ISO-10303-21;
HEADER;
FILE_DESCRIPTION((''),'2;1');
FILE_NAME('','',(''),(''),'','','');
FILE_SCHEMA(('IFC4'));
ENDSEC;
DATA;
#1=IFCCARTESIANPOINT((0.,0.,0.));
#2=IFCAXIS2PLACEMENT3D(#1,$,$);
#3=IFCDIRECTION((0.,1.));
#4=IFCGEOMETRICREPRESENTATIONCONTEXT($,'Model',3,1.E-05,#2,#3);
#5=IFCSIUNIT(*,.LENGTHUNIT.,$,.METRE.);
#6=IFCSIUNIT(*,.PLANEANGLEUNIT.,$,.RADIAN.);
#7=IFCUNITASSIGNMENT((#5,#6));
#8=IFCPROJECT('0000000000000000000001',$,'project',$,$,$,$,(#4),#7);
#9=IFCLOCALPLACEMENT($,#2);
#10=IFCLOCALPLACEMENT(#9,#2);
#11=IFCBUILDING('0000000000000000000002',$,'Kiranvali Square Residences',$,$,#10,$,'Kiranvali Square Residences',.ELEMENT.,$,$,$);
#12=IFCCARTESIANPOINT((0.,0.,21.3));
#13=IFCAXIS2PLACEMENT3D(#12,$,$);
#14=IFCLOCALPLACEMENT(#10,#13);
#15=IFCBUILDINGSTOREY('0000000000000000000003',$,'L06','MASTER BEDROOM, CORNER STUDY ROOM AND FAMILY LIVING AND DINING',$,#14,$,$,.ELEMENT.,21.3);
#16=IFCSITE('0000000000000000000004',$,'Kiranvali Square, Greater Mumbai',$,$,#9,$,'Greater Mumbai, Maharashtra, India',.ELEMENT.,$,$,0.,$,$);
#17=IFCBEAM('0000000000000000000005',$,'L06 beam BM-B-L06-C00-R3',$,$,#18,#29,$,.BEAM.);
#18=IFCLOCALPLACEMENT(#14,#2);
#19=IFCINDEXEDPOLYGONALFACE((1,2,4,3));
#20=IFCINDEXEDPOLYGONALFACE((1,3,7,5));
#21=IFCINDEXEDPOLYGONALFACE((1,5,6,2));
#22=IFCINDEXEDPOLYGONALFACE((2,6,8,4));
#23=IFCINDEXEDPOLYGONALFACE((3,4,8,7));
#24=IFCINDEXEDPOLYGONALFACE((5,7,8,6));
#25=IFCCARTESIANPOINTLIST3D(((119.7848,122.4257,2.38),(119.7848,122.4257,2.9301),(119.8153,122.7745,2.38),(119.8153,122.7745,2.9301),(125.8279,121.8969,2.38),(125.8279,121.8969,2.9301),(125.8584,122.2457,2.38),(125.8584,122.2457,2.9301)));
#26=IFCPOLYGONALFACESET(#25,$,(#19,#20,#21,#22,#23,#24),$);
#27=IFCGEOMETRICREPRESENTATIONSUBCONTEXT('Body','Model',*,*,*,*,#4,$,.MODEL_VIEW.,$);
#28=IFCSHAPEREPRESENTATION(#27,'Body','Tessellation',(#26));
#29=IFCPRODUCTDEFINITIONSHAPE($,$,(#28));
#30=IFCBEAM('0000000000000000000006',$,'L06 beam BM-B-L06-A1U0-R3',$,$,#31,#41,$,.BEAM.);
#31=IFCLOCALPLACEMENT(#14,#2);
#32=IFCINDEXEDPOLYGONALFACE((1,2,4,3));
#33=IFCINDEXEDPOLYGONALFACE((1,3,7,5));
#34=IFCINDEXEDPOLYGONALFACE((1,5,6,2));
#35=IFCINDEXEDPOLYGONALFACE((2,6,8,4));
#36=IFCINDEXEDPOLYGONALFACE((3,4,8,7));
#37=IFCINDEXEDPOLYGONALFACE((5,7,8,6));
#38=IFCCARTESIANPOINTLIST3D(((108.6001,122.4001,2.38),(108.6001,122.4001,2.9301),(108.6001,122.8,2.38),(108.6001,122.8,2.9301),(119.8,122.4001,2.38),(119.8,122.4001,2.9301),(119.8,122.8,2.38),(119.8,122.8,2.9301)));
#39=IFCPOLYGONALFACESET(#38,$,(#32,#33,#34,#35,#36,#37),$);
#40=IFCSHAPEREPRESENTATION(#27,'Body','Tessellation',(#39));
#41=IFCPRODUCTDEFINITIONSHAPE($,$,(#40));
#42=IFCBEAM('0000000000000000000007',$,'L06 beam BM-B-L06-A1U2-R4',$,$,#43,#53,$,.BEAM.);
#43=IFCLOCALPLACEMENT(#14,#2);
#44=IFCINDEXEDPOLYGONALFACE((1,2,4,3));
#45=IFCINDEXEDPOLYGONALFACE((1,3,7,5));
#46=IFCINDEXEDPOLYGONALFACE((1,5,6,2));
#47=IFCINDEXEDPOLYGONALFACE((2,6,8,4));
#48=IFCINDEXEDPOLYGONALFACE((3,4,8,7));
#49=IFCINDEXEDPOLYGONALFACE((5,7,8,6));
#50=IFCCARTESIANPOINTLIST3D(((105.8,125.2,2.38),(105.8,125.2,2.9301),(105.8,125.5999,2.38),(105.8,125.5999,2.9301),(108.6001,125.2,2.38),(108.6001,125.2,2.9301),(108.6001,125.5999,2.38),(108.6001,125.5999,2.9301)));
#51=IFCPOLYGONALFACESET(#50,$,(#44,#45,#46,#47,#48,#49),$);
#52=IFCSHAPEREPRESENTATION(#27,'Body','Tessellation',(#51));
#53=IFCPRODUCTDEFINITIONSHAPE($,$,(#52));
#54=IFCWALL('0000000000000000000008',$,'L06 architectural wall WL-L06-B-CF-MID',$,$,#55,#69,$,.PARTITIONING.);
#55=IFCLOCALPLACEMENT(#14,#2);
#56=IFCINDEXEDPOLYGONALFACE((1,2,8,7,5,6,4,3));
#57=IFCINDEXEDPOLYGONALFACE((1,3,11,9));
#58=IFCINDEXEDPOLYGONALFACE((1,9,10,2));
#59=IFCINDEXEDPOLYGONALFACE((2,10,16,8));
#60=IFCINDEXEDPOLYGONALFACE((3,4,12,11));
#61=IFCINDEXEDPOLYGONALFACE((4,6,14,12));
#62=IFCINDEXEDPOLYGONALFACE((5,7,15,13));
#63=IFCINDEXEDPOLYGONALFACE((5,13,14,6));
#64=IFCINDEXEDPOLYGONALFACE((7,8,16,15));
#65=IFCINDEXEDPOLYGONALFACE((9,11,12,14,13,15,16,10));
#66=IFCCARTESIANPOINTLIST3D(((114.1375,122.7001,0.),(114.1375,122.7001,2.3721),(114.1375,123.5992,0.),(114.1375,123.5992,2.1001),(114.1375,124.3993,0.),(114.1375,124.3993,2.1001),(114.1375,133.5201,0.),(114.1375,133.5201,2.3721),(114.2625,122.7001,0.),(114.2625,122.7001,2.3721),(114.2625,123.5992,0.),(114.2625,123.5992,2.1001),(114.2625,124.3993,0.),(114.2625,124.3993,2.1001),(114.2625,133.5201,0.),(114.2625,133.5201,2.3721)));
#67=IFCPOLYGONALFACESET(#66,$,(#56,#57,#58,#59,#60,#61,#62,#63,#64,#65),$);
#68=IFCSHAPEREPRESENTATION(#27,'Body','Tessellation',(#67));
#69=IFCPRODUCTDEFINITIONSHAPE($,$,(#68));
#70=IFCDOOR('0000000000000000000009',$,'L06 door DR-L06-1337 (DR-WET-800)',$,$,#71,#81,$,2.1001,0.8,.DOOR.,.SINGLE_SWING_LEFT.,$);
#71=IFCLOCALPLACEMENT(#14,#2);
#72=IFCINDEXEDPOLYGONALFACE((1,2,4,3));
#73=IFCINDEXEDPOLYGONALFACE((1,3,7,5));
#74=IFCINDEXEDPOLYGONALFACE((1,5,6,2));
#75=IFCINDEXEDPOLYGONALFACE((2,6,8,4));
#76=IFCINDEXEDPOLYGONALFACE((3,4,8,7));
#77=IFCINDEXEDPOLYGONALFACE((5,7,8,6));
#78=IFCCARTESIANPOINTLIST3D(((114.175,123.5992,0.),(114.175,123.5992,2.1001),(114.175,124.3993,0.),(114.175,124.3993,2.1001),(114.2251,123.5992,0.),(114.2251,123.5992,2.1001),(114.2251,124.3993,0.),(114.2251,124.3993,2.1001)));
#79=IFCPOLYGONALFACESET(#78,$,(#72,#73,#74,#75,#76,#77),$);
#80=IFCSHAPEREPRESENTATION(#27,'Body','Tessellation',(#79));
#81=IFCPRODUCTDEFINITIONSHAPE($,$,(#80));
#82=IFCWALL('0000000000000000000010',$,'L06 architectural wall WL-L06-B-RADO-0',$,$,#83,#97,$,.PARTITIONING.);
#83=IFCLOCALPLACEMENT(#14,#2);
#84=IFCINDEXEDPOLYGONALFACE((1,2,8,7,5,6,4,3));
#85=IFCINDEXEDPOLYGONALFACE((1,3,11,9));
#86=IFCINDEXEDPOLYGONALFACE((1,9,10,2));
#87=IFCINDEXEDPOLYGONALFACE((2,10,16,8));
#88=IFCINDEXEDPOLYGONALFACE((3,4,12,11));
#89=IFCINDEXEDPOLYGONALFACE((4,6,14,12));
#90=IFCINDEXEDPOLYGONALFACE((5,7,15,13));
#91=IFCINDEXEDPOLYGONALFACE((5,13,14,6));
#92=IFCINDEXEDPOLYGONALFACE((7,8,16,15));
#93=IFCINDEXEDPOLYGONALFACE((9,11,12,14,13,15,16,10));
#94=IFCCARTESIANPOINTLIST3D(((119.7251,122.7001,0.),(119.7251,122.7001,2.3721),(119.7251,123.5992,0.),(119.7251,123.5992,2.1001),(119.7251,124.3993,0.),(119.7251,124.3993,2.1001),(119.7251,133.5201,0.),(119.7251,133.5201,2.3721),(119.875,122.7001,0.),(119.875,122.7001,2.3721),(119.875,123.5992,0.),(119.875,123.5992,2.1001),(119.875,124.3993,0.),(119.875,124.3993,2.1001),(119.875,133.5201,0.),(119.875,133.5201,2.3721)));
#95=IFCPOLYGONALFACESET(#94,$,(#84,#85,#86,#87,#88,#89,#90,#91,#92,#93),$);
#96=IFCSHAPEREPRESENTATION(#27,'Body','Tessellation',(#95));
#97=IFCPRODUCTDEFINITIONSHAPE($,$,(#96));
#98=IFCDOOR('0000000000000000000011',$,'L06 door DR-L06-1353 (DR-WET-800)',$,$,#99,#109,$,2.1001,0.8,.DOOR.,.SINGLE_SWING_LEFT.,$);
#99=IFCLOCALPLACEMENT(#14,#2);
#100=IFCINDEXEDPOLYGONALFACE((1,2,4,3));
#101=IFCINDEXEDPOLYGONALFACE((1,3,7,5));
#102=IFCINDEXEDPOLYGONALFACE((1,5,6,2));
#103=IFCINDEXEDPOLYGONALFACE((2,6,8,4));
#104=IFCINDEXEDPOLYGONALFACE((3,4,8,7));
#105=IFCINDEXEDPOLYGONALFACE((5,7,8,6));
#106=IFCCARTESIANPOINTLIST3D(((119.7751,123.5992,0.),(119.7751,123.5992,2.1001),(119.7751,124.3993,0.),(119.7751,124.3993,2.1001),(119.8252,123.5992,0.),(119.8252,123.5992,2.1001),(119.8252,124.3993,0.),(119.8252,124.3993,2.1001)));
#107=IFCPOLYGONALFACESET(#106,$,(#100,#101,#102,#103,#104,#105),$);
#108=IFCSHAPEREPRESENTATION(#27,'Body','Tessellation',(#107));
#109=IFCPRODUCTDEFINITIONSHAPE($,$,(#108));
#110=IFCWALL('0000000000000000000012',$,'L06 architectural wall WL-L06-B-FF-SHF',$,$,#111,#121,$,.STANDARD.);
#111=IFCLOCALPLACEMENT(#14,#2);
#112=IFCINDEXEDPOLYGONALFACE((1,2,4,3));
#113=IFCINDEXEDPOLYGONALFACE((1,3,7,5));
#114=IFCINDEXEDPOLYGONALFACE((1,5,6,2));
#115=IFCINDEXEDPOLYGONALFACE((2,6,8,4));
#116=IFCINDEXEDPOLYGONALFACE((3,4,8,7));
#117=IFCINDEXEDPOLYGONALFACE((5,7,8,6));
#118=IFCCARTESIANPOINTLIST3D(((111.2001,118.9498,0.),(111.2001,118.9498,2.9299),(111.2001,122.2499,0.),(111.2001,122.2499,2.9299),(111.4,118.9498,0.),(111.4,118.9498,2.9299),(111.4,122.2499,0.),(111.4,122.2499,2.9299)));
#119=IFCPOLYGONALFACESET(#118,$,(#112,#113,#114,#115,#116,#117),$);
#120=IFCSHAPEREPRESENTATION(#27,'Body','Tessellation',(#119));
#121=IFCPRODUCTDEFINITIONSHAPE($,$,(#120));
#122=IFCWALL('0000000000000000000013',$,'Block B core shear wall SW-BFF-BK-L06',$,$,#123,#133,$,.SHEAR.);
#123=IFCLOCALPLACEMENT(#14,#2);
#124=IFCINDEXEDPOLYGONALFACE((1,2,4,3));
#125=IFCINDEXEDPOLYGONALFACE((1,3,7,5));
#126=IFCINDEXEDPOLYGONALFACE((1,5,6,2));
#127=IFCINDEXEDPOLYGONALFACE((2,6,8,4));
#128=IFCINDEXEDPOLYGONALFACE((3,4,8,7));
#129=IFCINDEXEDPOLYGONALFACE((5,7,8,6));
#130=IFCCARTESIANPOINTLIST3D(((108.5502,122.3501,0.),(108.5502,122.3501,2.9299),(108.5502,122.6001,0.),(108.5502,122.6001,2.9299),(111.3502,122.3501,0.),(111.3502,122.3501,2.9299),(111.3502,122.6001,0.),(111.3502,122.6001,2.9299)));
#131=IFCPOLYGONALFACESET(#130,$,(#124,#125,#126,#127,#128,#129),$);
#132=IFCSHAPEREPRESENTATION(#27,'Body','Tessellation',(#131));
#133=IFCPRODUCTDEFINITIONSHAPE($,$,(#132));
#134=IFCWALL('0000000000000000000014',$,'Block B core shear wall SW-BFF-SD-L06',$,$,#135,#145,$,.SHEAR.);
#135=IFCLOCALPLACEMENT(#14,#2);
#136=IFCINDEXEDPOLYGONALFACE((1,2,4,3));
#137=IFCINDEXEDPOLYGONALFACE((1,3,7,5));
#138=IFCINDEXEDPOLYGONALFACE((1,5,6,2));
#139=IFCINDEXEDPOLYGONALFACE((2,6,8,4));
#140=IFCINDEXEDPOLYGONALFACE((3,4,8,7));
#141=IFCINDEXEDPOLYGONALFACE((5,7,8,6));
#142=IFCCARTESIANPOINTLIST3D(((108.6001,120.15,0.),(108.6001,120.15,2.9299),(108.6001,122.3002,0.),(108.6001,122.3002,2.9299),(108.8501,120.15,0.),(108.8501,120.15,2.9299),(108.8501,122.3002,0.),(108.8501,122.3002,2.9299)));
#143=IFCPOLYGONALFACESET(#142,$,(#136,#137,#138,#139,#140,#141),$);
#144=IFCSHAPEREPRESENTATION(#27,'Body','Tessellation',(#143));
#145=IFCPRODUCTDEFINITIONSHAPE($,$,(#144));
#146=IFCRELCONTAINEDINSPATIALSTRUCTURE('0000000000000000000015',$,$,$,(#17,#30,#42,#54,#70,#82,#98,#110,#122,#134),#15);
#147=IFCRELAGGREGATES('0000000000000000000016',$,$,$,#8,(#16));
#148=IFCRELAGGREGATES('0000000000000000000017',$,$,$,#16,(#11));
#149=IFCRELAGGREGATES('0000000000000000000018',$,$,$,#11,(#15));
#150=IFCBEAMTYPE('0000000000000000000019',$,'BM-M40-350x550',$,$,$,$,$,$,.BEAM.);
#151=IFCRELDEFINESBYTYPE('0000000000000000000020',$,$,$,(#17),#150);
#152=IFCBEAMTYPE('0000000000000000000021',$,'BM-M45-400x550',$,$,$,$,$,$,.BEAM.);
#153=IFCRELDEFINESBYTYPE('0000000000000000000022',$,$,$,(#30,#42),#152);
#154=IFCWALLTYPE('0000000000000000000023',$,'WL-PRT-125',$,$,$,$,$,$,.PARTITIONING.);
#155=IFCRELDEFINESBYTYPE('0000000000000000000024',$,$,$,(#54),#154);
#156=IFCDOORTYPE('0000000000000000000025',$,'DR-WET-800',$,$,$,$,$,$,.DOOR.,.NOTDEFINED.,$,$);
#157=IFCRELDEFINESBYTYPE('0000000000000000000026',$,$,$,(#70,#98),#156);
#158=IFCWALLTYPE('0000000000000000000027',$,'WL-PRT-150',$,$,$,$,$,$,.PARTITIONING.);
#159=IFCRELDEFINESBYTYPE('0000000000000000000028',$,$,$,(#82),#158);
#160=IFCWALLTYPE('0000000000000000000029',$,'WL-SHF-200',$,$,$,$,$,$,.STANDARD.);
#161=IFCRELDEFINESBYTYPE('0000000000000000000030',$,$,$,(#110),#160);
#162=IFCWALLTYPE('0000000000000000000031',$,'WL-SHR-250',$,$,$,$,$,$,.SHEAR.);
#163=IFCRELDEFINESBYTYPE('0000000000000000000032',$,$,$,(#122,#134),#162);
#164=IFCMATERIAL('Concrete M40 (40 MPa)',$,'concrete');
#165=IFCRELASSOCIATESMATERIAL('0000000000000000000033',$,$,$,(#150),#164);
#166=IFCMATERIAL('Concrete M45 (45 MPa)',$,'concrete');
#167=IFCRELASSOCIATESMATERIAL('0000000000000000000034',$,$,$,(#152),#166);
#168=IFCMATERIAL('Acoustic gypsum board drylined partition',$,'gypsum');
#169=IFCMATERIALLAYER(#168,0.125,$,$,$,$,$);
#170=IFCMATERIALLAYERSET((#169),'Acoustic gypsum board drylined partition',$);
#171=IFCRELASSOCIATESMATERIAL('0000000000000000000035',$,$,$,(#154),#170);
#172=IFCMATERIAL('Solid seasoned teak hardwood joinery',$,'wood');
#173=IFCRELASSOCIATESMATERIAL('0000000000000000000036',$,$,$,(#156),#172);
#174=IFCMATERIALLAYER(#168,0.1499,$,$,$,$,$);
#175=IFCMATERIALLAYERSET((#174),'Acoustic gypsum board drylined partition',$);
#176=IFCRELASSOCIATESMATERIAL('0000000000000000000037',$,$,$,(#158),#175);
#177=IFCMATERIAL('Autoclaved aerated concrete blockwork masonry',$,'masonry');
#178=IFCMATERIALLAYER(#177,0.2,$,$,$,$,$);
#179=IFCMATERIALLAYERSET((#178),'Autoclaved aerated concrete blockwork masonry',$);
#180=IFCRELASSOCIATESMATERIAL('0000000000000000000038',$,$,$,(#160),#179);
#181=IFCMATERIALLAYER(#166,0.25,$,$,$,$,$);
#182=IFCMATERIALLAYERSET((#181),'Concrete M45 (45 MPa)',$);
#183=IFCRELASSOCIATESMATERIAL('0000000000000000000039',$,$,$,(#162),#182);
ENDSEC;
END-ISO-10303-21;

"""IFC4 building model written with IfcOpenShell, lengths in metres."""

from ifc_helpers import new_model, si_unit, direction, frame, frame_2d, origin, origin_2d, place, context, subcontext, project, spatial, rectangle, extrude, material, layer, layer_set, material_profile, profile_set, type_object, element, fill, save


model = new_model("IFC4")

# Units and contexts
model_context = context("Model", 3, precision=1e-05, world=origin(), true_north=direction((0.0, 1.0)))
body_context = subcontext(model_context, "Body", "Model", "MODEL_VIEW")
ifc_project = project(units=[si_unit("LENGTHUNIT", "METRE"), si_unit("PLANEANGLEUNIT", "RADIAN")], contexts=[model_context])

# Site, building, storey
site_placement = place(None, origin())
site = spatial("IfcSite", under=ifc_project, at=site_placement, Name="Kiranvali Square, Greater Mumbai", LongName="Greater Mumbai, Maharashtra, India", CompositionType="ELEMENT", RefElevation=0.0)
building_placement = place(site_placement, origin())
building = spatial("IfcBuilding", under=site, at=building_placement, Name="Kiranvali Square Residences", LongName="Kiranvali Square Residences", CompositionType="ELEMENT")
storey_placement = place(building_placement, frame((0.0, 0.0, 21.3)))
storey = spatial("IfcBuildingStorey", under=building, at=storey_placement, Name="L06", Description="MASTER BEDROOM, CORNER STUDY ROOM AND FAMILY LIVING AND DINING", CompositionType="ELEMENT", Elevation=21.3)

# Beams
ifc_material_1 = material(Name="Concrete M40 (40 MPa)", Category="concrete")
ifc_material_profile_1 = material_profile(ifc_material_1, rectangle(XDim=0.3501, YDim=0.55, at=origin_2d()), Name="RC 350x550")
ifc_profile_set_1 = profile_set([ifc_material_profile_1], Name="Concrete M40 (40 MPa)")
beam_type_1 = type_object("IfcBeamType", Name="BM-M40-350x550", PredefinedType="BEAM", material=ifc_profile_set_1)
beam_1_placement = place(storey_placement, frame((119.8, 122.6001, 2.655), z_axis=(0.996193, -0.087175, 0.0), x_axis=(0.087175, 0.996193, 0.0)))
element("IfcBeam", 1, at=beam_1_placement, inside=storey, type_object=beam_type_1, Name="L06 beam BM-B-L06-C00-R3", PredefinedType="BEAM", context=body_context, shape_type="SweptSolid", body=[
    extrude(rectangle(XDim=0.3501, YDim=0.55, at=origin_2d()), origin(), (0.0, 0.0, 1.0), 6.0662),
])
ifc_material_2 = material(Name="Concrete M45 (45 MPa)", Category="concrete")
ifc_material_profile_2 = material_profile(ifc_material_2, rectangle(XDim=0.3999, YDim=0.55, at=origin_2d()), Name="RC 400x550")
ifc_profile_set_2 = profile_set([ifc_material_profile_2], Name="Concrete M45 (45 MPa)")
beam_type_2 = type_object("IfcBeamType", Name="BM-M45-400x550", PredefinedType="BEAM", material=ifc_profile_set_2)
beam_2_placement = place(storey_placement, frame((119.8, 122.6001, 2.655), z_axis=(-1.0, 0.0, 0.0), x_axis=(0.0, -1.0, 0.0)))
element("IfcBeam", 2, at=beam_2_placement, inside=storey, type_object=beam_type_2, Name="L06 beam BM-B-L06-A1U0-R3", PredefinedType="BEAM", context=body_context, shape_type="SweptSolid", body=[
    extrude(rectangle(XDim=0.3999, YDim=0.55, at=origin_2d()), origin(), (0.0, 0.0, 1.0), 11.2),
])
beam_3_placement = place(storey_placement, frame((108.6001, 125.3999, 2.655), z_axis=(-1.0, 0.0, 0.0), x_axis=(0.0, -1.0, 0.0)))
element("IfcBeam", 3, at=beam_3_placement, inside=storey, type_object=beam_type_2, Name="L06 beam BM-B-L06-A1U2-R4", PredefinedType="BEAM", context=body_context, shape_type="SweptSolid", body=[
    extrude(rectangle(XDim=0.3999, YDim=0.55, at=origin_2d()), origin(), (0.0, 0.0, 1.0), 2.8),
])

# Walls, openings, doors
ifc_material_3 = material(Name="Autoclaved aerated concrete blockwork masonry", Category="masonry")
ifc_material_4 = material(Name="Acoustic gypsum board drylined partition", Category="gypsum")
ifc_layer_1 = layer(ifc_material_4, 0.125)
ifc_layer_set_1 = layer_set([ifc_layer_1], Name="Acoustic gypsum board drylined partition")
wall_type_1 = type_object("IfcWallType", Name="WL-PRT-125", PredefinedType="PARTITIONING", material=ifc_layer_set_1)
wall_1_placement = place(storey_placement, frame((114.2, 122.7, 0.0), z_axis=(0.0, 0.0, 1.0), x_axis=(0.0, 1.0, 0.0)))
wall_1 = element("IfcWall", 4, at=wall_1_placement, inside=storey, type_object=wall_type_1, Name="L06 architectural wall WL-L06-B-CF-MID", PredefinedType="PARTITIONING", context=body_context, shape_type="SweptSolid", body=[
    extrude(rectangle(XDim=10.8201, YDim=0.125, at=frame_2d((5.4102, 0.0))), origin(), (0.0, 0.0, 1.0), 2.3721),
])
opening_1_placement = place(wall_1_placement, frame((0.8994, 0.0, 0.0)))
opening_1 = element("IfcOpeningElement", 5, at=opening_1_placement, cuts=wall_1, PredefinedType="OPENING", context=body_context, shape_type="SweptSolid", body=[
    extrude(rectangle(XDim=0.8, YDim=2.1001, at=frame_2d((0.3999, 1.05))), frame((0.0, 0.0725, 0.0), z_axis=(0.0, -1.0, 0.0), x_axis=(1.0, 0.0, 0.0)), (0.0, 0.0, 1.0), 0.145),
])
ifc_material_5 = material(Name="Solid seasoned teak hardwood joinery", Category="wood")
door_type_1 = type_object("IfcDoorType", Name="DR-WET-800", OperationType="NOTDEFINED", PredefinedType="DOOR", material=ifc_material_5)
door_1_placement = place(opening_1_placement, origin())
door_1 = element("IfcDoor", 6, at=door_1_placement, inside=storey, type_object=door_type_1, Name="L06 door DR-L06-1337 (DR-WET-800)", OperationType="SINGLE_SWING_LEFT", OverallHeight=2.1001, OverallWidth=0.8, PredefinedType="DOOR", context=body_context, shape_type="SweptSolid", body=[
    extrude(rectangle(XDim=0.8, YDim=2.1001, at=frame_2d((0.3999, 1.05))), frame((0.0, 0.0249, 0.0), z_axis=(0.0, -1.0, 0.0), x_axis=(1.0, 0.0, 0.0)), (0.0, 0.0, 1.0), 0.05),
])
fill(opening_1, door_1)
ifc_layer_2 = layer(ifc_material_4, 0.1499)
ifc_layer_set_2 = layer_set([ifc_layer_2], Name="Acoustic gypsum board drylined partition")
wall_type_2 = type_object("IfcWallType", Name="WL-PRT-150", PredefinedType="PARTITIONING", material=ifc_layer_set_2)
wall_2_placement = place(storey_placement, frame((119.8, 122.7, 0.0), z_axis=(0.0, 0.0, 1.0), x_axis=(0.0, 1.0, 0.0)))
wall_2 = element("IfcWall", 7, at=wall_2_placement, inside=storey, type_object=wall_type_2, Name="L06 architectural wall WL-L06-B-RADO-0", PredefinedType="PARTITIONING", context=body_context, shape_type="SweptSolid", body=[
    extrude(rectangle(XDim=10.8201, YDim=0.1499, at=frame_2d((5.4102, 0.0))), origin(), (0.0, 0.0, 1.0), 2.3721),
])
opening_2_placement = place(wall_2_placement, frame((0.8994, 0.0, 0.0)))
opening_2 = element("IfcOpeningElement", 8, at=opening_2_placement, cuts=wall_2, PredefinedType="OPENING", context=body_context, shape_type="SweptSolid", body=[
    extrude(rectangle(XDim=0.8, YDim=2.1001, at=frame_2d((0.3999, 1.05))), frame((0.0, 0.085, 0.0), z_axis=(0.0, -1.0, 0.0), x_axis=(1.0, 0.0, 0.0)), (0.0, 0.0, 1.0), 0.1699),
])
door_2_placement = place(opening_2_placement, origin())
door_2 = element("IfcDoor", 9, at=door_2_placement, inside=storey, type_object=door_type_1, Name="L06 door DR-L06-1353 (DR-WET-800)", OperationType="SINGLE_SWING_LEFT", OverallHeight=2.1001, OverallWidth=0.8, PredefinedType="DOOR", context=body_context, shape_type="SweptSolid", body=[
    extrude(rectangle(XDim=0.8, YDim=2.1001, at=frame_2d((0.3999, 1.05))), frame((0.0, 0.0249, 0.0), z_axis=(0.0, -1.0, 0.0), x_axis=(1.0, 0.0, 0.0)), (0.0, 0.0, 1.0), 0.05),
])
fill(opening_2, door_2)

# Walls
ifc_layer_3 = layer(ifc_material_3, 0.2)
ifc_layer_set_3 = layer_set([ifc_layer_3], Name="Autoclaved aerated concrete blockwork masonry")
wall_type_3 = type_object("IfcWallType", Name="WL-SHF-200", PredefinedType="STANDARD", material=ifc_layer_set_3)
wall_3_placement = place(storey_placement, frame((111.3, 118.95, 0.0), z_axis=(0.0, 0.0, 1.0), x_axis=(0.0, 1.0, 0.0)))
element("IfcWall", 10, at=wall_3_placement, inside=storey, type_object=wall_type_3, Name="L06 architectural wall WL-L06-B-FF-SHF", PredefinedType="STANDARD", context=body_context, shape_type="SweptSolid", body=[
    extrude(rectangle(XDim=3.3, YDim=0.2, at=frame_2d((1.6499, 0.0))), origin(), (0.0, 0.0, 1.0), 2.9299),
])
ifc_layer_4 = layer(ifc_material_2, 0.25)
ifc_layer_set_4 = layer_set([ifc_layer_4], Name="Concrete M45 (45 MPa)")
wall_type_4 = type_object("IfcWallType", Name="WL-SHR-250", PredefinedType="SHEAR", material=ifc_layer_set_4)
wall_4_placement = place(storey_placement, frame((111.3501, 122.4751, 0.0), z_axis=(0.0, 0.0, 1.0), x_axis=(-1.0, 0.0, 0.0)))
element("IfcWall", 11, at=wall_4_placement, inside=storey, type_object=wall_type_4, Name="Block B core shear wall SW-BFF-BK-L06", PredefinedType="SHEAR", context=body_context, shape_type="SweptSolid", body=[
    extrude(rectangle(XDim=2.8, YDim=0.25, at=frame_2d((1.3999, 0.0))), origin(), (0.0, 0.0, 1.0), 2.9299),
])
wall_5_placement = place(storey_placement, frame((108.7251, 120.1499, 0.0), z_axis=(0.0, 0.0, 1.0), x_axis=(0.0, 1.0, 0.0)))
element("IfcWall", 12, at=wall_5_placement, inside=storey, type_object=wall_type_4, Name="Block B core shear wall SW-BFF-SD-L06", PredefinedType="SHEAR", context=body_context, shape_type="SweptSolid", body=[
    extrude(rectangle(XDim=2.1501, YDim=0.25, at=frame_2d((1.0752, 0.0))), origin(), (0.0, 0.0, 1.0), 2.9299),
])

save(model, "model.ifc")
